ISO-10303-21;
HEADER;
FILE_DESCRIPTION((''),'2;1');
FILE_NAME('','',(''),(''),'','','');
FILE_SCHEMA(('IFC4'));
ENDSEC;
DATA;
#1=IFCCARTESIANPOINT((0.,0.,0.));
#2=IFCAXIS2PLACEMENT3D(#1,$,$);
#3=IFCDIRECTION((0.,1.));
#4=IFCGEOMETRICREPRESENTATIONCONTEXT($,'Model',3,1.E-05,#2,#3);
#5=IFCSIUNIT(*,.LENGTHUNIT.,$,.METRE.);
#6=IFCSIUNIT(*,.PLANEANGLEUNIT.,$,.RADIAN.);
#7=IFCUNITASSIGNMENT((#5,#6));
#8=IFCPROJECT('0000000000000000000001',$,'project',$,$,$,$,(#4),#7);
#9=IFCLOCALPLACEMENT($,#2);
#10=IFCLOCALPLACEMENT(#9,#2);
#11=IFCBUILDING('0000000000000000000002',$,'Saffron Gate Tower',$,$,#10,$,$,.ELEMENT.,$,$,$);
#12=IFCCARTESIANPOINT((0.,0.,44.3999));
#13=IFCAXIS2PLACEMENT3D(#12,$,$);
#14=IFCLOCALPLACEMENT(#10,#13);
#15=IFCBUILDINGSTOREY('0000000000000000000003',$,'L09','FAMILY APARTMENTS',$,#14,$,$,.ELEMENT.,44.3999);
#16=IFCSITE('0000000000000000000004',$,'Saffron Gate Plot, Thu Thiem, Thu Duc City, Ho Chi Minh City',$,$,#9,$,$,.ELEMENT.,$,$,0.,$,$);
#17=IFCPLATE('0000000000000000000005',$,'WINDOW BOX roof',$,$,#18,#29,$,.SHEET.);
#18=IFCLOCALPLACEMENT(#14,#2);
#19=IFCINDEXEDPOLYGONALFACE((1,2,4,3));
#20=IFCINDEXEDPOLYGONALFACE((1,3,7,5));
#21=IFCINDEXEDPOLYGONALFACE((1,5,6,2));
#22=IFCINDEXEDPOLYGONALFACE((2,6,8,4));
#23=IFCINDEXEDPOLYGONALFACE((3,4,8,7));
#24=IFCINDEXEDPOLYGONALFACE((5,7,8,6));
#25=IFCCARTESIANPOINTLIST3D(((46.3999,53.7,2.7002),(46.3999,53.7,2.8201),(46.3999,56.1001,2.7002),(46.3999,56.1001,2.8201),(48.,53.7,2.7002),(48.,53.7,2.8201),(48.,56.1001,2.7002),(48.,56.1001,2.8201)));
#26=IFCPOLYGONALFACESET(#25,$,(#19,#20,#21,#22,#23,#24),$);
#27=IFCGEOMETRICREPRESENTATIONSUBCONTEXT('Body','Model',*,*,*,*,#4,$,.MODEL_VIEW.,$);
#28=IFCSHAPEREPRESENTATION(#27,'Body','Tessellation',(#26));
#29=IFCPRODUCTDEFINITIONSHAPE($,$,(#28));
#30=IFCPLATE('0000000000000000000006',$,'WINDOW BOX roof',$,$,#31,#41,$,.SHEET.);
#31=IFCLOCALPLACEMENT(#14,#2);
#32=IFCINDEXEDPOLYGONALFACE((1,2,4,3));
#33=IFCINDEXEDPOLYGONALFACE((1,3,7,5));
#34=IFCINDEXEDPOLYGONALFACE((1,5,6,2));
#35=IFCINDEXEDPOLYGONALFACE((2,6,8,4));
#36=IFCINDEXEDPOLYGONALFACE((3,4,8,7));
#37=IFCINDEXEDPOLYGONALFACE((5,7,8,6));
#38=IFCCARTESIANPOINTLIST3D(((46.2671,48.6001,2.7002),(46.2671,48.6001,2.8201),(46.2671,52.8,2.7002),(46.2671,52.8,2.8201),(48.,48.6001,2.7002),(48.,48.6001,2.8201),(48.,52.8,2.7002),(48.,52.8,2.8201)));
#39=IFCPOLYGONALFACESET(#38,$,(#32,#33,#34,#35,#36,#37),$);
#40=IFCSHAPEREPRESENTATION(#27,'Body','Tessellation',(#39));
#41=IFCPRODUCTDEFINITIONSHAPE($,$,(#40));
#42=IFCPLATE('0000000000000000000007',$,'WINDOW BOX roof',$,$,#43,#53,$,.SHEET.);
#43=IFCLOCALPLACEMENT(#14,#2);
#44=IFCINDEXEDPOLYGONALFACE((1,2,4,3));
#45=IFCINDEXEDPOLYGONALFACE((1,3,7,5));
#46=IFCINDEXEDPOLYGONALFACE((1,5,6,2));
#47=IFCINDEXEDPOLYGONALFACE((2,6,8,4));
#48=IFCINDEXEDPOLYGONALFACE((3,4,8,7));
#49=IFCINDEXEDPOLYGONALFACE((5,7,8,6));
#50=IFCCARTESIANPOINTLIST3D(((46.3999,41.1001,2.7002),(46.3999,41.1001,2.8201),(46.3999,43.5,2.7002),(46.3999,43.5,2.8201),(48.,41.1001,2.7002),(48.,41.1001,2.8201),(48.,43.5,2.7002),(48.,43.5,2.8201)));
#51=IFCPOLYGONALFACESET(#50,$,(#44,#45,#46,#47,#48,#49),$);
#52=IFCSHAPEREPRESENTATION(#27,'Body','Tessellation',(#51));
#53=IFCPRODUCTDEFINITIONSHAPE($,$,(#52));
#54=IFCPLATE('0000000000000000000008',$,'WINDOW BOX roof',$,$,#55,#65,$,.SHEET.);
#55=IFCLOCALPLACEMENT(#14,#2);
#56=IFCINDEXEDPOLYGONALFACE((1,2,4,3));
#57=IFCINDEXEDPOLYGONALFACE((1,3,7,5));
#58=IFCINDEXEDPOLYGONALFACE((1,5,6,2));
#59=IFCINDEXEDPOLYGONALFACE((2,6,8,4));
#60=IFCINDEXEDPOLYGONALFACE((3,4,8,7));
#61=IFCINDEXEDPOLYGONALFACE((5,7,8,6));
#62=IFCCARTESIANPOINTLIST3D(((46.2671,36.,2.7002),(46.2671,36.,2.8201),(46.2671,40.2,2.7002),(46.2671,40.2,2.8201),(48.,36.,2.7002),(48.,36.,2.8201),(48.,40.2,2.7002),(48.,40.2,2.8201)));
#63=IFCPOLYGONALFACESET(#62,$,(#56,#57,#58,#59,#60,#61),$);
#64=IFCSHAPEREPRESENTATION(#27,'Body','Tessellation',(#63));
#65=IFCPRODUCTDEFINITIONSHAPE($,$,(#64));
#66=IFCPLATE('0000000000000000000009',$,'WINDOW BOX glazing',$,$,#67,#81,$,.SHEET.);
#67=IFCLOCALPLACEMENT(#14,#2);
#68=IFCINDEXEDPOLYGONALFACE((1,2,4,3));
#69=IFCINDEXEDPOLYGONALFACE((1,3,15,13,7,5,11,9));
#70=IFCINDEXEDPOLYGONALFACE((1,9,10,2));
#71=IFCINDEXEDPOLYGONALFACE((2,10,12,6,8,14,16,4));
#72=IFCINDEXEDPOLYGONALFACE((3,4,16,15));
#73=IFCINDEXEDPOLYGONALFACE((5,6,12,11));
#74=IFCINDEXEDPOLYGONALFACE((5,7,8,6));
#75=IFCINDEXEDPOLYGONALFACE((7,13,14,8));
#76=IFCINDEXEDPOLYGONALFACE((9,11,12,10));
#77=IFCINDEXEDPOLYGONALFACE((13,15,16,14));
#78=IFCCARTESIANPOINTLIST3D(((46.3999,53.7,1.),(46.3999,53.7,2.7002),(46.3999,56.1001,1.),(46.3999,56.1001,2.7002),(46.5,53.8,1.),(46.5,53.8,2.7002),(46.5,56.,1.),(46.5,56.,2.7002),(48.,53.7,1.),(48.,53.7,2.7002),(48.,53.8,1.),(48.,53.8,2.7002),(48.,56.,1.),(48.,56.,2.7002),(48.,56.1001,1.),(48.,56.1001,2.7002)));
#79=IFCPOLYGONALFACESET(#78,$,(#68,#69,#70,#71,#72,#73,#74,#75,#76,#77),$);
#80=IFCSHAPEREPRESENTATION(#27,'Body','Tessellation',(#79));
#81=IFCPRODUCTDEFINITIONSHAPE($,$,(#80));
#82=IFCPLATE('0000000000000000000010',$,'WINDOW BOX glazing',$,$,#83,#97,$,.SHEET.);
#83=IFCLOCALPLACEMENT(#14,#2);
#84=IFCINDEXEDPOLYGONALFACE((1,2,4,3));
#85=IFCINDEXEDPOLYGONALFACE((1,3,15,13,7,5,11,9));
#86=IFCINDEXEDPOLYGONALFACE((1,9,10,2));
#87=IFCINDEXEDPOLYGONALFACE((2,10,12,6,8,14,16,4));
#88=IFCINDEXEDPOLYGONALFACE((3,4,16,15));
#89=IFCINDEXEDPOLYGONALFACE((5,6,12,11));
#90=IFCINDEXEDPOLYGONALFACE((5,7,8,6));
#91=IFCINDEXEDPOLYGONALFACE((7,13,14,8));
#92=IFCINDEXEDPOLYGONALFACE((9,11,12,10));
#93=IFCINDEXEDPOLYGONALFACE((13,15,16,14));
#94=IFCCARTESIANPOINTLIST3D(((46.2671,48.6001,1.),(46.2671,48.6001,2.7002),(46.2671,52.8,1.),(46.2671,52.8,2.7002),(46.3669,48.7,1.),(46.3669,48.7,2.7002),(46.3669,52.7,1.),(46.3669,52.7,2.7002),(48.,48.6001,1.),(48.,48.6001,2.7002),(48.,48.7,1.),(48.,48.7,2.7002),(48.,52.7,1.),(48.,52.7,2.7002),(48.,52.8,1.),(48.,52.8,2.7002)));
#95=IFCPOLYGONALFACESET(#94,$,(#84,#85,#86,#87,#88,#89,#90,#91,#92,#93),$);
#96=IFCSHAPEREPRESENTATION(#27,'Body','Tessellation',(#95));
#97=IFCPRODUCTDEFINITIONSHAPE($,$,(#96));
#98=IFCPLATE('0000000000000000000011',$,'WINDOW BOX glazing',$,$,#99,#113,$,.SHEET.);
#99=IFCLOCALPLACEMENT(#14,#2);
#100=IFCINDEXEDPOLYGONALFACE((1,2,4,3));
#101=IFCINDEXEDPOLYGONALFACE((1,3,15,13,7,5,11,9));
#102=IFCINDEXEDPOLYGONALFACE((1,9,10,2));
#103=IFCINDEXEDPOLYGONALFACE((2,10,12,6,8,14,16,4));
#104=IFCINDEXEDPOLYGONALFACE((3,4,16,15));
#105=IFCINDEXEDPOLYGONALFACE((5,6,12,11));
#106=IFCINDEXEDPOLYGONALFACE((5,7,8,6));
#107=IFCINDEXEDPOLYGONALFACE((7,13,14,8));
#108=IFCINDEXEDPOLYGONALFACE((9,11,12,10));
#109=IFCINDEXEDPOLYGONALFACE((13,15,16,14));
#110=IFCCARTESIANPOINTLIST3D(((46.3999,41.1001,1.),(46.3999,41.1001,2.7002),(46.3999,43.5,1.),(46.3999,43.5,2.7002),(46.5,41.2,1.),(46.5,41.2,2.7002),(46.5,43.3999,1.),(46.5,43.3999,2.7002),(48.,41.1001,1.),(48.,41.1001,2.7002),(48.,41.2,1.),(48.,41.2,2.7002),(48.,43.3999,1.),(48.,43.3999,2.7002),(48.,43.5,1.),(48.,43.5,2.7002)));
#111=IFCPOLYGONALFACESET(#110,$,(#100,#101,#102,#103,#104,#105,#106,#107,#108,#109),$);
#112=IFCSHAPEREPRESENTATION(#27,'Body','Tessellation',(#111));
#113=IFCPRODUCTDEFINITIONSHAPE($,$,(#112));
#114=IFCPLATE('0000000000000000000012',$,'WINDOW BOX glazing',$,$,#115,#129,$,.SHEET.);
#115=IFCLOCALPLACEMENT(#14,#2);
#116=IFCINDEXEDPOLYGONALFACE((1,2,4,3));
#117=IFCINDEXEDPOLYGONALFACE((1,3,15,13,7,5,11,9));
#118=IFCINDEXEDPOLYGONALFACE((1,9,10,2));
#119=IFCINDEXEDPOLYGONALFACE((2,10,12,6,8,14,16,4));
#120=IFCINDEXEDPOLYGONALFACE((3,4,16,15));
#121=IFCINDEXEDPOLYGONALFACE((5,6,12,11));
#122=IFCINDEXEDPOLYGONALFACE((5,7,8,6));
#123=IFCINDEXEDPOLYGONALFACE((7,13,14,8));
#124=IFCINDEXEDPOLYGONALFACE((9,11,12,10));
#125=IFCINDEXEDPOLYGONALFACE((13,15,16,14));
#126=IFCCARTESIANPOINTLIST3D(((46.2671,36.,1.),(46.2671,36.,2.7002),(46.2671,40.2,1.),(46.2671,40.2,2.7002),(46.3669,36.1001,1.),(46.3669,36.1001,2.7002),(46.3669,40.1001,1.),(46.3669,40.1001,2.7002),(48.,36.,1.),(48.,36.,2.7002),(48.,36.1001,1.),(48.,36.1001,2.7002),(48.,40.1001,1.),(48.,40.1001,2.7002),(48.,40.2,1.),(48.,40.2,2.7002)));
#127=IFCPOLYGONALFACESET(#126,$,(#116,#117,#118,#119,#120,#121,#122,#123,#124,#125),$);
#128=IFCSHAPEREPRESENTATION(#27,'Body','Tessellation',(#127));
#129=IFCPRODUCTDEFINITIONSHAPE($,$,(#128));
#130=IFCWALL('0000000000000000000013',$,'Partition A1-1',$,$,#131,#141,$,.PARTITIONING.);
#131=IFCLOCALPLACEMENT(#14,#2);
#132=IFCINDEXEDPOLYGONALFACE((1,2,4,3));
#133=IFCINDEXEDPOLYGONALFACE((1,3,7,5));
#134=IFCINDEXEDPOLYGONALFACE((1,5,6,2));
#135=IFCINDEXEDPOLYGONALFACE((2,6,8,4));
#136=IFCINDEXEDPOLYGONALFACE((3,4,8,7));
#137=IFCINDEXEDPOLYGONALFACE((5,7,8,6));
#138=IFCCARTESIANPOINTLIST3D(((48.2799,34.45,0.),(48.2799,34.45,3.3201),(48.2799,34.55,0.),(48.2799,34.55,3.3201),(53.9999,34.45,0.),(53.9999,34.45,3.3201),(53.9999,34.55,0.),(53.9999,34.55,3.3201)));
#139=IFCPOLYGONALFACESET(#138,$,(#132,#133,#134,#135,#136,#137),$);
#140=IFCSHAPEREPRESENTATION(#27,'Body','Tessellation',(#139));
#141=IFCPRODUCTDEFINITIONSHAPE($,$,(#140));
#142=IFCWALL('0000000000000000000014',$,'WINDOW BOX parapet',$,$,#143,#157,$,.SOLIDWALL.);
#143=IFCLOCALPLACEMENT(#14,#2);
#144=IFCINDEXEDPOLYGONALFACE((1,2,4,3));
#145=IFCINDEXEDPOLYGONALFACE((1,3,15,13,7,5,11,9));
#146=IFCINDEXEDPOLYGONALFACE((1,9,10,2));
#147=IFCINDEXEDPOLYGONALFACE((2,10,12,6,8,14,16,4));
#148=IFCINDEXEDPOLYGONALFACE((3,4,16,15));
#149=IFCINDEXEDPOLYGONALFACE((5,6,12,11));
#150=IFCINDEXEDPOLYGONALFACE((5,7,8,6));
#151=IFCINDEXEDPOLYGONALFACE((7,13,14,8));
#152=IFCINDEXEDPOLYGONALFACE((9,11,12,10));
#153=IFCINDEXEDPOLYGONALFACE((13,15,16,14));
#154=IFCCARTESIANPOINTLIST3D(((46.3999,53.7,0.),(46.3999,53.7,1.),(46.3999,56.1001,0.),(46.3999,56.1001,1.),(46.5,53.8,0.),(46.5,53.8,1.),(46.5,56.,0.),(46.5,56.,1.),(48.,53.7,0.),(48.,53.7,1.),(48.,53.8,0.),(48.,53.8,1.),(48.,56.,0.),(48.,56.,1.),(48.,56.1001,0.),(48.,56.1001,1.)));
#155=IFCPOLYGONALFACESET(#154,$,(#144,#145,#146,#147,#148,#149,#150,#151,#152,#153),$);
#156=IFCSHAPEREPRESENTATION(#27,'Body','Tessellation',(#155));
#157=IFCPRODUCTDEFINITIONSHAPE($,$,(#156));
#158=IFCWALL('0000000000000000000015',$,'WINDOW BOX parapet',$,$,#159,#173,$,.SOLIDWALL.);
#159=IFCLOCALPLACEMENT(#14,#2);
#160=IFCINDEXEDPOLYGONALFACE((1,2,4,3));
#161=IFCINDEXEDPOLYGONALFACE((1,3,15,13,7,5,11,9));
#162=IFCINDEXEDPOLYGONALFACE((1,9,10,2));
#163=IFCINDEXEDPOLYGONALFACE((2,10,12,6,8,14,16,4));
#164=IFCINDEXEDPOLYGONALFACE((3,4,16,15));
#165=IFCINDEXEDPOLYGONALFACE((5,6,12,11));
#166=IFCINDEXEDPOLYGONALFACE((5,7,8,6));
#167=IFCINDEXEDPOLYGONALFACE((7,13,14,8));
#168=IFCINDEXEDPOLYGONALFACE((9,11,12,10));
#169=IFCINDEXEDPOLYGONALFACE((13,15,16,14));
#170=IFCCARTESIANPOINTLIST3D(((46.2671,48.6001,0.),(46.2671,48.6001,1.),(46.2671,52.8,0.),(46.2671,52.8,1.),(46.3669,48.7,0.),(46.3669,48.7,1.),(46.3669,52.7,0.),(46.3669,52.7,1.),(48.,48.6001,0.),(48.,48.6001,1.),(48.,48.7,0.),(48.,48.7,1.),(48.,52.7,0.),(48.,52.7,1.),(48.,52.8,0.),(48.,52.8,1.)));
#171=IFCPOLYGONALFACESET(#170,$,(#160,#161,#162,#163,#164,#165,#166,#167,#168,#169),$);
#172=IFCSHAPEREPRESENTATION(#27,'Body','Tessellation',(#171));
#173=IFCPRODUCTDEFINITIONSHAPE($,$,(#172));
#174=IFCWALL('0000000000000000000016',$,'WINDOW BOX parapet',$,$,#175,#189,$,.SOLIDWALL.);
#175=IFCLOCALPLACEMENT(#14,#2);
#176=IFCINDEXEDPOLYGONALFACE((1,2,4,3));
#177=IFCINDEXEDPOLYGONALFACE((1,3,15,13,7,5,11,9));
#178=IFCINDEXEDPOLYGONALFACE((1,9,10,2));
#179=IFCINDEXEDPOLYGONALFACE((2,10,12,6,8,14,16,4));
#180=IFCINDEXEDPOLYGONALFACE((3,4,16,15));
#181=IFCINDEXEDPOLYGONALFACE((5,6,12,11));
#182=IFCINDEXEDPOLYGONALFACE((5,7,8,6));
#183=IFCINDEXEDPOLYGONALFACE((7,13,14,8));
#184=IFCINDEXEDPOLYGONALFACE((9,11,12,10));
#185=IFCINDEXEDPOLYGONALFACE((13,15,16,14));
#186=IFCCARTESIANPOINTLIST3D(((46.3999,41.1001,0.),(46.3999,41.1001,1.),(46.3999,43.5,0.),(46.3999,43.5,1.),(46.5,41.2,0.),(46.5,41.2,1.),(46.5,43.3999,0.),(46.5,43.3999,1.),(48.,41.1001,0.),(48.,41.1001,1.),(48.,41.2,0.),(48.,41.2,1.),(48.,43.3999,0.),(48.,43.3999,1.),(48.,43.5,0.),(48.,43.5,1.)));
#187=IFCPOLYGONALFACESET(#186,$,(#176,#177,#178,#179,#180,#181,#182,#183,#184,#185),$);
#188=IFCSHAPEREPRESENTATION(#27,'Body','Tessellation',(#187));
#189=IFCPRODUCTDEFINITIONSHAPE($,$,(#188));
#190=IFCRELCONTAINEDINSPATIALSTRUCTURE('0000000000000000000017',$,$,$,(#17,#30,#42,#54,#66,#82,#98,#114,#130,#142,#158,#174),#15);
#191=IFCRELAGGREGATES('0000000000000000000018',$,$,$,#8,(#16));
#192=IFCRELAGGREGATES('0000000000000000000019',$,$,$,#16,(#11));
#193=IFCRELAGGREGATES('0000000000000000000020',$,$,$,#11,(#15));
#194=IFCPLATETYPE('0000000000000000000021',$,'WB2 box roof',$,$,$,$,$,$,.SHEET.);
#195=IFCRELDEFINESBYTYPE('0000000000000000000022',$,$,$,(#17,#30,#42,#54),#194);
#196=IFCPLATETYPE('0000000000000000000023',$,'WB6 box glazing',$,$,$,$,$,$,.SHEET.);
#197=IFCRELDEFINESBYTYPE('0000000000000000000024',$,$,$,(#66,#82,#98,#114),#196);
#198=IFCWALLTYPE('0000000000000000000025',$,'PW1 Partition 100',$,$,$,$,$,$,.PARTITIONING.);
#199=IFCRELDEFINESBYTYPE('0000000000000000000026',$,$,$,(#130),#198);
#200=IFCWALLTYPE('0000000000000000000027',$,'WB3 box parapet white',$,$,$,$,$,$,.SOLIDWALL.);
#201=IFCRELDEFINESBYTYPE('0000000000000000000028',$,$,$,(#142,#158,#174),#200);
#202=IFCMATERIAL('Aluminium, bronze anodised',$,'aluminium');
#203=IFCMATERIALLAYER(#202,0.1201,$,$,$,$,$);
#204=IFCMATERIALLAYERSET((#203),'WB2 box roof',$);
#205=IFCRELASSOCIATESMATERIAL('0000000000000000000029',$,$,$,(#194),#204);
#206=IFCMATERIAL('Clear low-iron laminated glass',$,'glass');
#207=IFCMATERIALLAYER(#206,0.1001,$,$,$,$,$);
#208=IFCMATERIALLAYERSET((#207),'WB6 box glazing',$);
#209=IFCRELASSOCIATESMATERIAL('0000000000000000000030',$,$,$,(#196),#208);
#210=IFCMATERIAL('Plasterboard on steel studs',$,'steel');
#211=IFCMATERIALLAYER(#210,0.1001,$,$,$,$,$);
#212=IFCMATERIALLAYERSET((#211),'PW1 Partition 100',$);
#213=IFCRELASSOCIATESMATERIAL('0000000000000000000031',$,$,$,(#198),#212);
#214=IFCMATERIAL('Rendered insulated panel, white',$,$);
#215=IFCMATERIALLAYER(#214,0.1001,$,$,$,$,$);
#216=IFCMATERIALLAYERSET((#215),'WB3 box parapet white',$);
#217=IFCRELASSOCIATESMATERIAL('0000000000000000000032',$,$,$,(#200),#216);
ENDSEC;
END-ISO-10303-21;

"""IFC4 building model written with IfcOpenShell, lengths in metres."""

from ifc_helpers import new_model, si_unit, direction, frame, frame_2d, origin, place, context, subcontext, project, spatial, polyline, rectangle, outline, extrude, material, layer, layer_set, type_object, element, save


model = new_model("IFC4")

# Units and contexts
model_context = context("Model", 3, precision=1e-05, world=origin(), true_north=direction((0.0, 1.0)))
body_context = subcontext(model_context, "Body", "Model", "MODEL_VIEW")
ifc_project = project(units=[si_unit("LENGTHUNIT", "METRE"), si_unit("PLANEANGLEUNIT", "RADIAN")], contexts=[model_context])

# Site, building, storey
site_placement = place(None, origin())
site = spatial("IfcSite", under=ifc_project, at=site_placement, Name="Saffron Gate Plot, Thu Thiem, Thu Duc City, Ho Chi Minh City", CompositionType="ELEMENT", RefElevation=0.0)
building_placement = place(site_placement, origin())
building = spatial("IfcBuilding", under=site, at=building_placement, Name="Saffron Gate Tower", CompositionType="ELEMENT")
storey_placement = place(building_placement, frame((0.0, 0.0, 44.3999)))
storey = spatial("IfcBuildingStorey", under=building, at=storey_placement, Name="L09", Description="FAMILY APARTMENTS", CompositionType="ELEMENT", Elevation=44.3999)

# Shared definitions
ifc_material_1 = material(Name="Aluminium, bronze anodised", Category="aluminium")

# Plates
ifc_layer_1 = layer(ifc_material_1, 0.1201)
ifc_layer_set_1 = layer_set([ifc_layer_1], Name="WB2 box roof")
plate_type_1 = type_object("IfcPlateType", Name="WB2 box roof", PredefinedType="SHEET", material=ifc_layer_set_1)
plate_1_placement = place(storey_placement, frame((0.0, 0.0, 2.7002)))
element("IfcPlate", 1, at=plate_1_placement, inside=storey, type_object=plate_type_1, Name="WINDOW BOX roof", PredefinedType="SHEET", context=body_context, shape_type="SweptSolid", body=[
    extrude(outline(polyline([(48.0, 56.1001), (48.0, 53.7), (46.3999, 53.7), (46.3999, 56.1001), (48.0, 56.1001)])), origin(), (0.0, 0.0, 1.0), 0.1199),
])
plate_2_placement = place(storey_placement, frame((0.0, 0.0, 2.7002)))
element("IfcPlate", 2, at=plate_2_placement, inside=storey, type_object=plate_type_1, Name="WINDOW BOX roof", PredefinedType="SHEET", context=body_context, shape_type="SweptSolid", body=[
    extrude(outline(polyline([(48.0, 52.8), (48.0, 48.6001), (46.2671, 48.6001), (46.2671, 52.8), (48.0, 52.8)])), origin(), (0.0, 0.0, 1.0), 0.1199),
])
plate_3_placement = place(storey_placement, frame((0.0, 0.0, 2.7002)))
element("IfcPlate", 3, at=plate_3_placement, inside=storey, type_object=plate_type_1, Name="WINDOW BOX roof", PredefinedType="SHEET", context=body_context, shape_type="SweptSolid", body=[
    extrude(outline(polyline([(48.0, 43.5), (48.0, 41.1001), (46.3999, 41.1001), (46.3999, 43.5), (48.0, 43.5)])), origin(), (0.0, 0.0, 1.0), 0.1199),
])
plate_4_placement = place(storey_placement, frame((0.0, 0.0, 2.7002)))
element("IfcPlate", 4, at=plate_4_placement, inside=storey, type_object=plate_type_1, Name="WINDOW BOX roof", PredefinedType="SHEET", context=body_context, shape_type="SweptSolid", body=[
    extrude(outline(polyline([(48.0, 40.2), (48.0, 36.0), (46.2671, 36.0), (46.2671, 40.2), (48.0, 40.2)])), origin(), (0.0, 0.0, 1.0), 0.1199),
])
ifc_material_2 = material(Name="Clear low-iron laminated glass", Category="glass")
ifc_layer_2 = layer(ifc_material_2, 0.1001)
ifc_layer_set_2 = layer_set([ifc_layer_2], Name="WB6 box glazing")
plate_type_2 = type_object("IfcPlateType", Name="WB6 box glazing", PredefinedType="SHEET", material=ifc_layer_set_2)
plate_5_placement = place(storey_placement, frame((0.0, 0.0, 1.0)))
element("IfcPlate", 5, at=plate_5_placement, inside=storey, type_object=plate_type_2, Name="WINDOW BOX glazing", PredefinedType="SHEET", context=body_context, shape_type="SweptSolid", body=[
    extrude(outline(polyline([(48.0, 56.1001), (48.0, 56.0), (46.5, 56.0), (46.5, 53.8), (48.0, 53.8), (48.0, 53.7), (46.3999, 53.7), (46.3999, 56.1001), (48.0, 56.1001)])), origin(), (0.0, 0.0, 1.0), 1.7002),
])
plate_6_placement = place(storey_placement, frame((0.0, 0.0, 1.0)))
element("IfcPlate", 6, at=plate_6_placement, inside=storey, type_object=plate_type_2, Name="WINDOW BOX glazing", PredefinedType="SHEET", context=body_context, shape_type="SweptSolid", body=[
    extrude(outline(polyline([(48.0, 52.8), (48.0, 52.7), (46.3669, 52.7), (46.3669, 48.7), (48.0, 48.7), (48.0, 48.6001), (46.2671, 48.6001), (46.2671, 52.8), (48.0, 52.8)])), origin(), (0.0, 0.0, 1.0), 1.7002),
])
plate_7_placement = place(storey_placement, frame((0.0, 0.0, 1.0)))
element("IfcPlate", 7, at=plate_7_placement, inside=storey, type_object=plate_type_2, Name="WINDOW BOX glazing", PredefinedType="SHEET", context=body_context, shape_type="SweptSolid", body=[
    extrude(outline(polyline([(48.0, 43.5), (48.0, 43.3999), (46.5, 43.3999), (46.5, 41.2), (48.0, 41.2), (48.0, 41.1001), (46.3999, 41.1001), (46.3999, 43.5), (48.0, 43.5)])), origin(), (0.0, 0.0, 1.0), 1.7002),
])
plate_8_placement = place(storey_placement, frame((0.0, 0.0, 1.0)))
element("IfcPlate", 8, at=plate_8_placement, inside=storey, type_object=plate_type_2, Name="WINDOW BOX glazing", PredefinedType="SHEET", context=body_context, shape_type="SweptSolid", body=[
    extrude(outline(polyline([(48.0, 40.2), (48.0, 40.1001), (46.3669, 40.1001), (46.3669, 36.1001), (48.0, 36.1001), (48.0, 36.0), (46.2671, 36.0), (46.2671, 40.2), (48.0, 40.2)])), origin(), (0.0, 0.0, 1.0), 1.7002),
])

# Walls
ifc_material_3 = material(Name="Plasterboard on steel studs", Category="steel")
ifc_layer_3 = layer(ifc_material_3, 0.1001)
ifc_layer_set_3 = layer_set([ifc_layer_3], Name="PW1 Partition 100")
wall_type_1 = type_object("IfcWallType", Name="PW1 Partition 100", PredefinedType="PARTITIONING", material=ifc_layer_set_3)
wall_1_placement = place(storey_placement, frame((48.28, 34.5, 0.0), z_axis=(0.0, 0.0, 1.0), x_axis=(1.0, 0.0, 0.0)))
element("IfcWall", 9, at=wall_1_placement, inside=storey, type_object=wall_type_1, Name="Partition A1-1", PredefinedType="PARTITIONING", context=body_context, shape_type="SweptSolid", body=[
    extrude(rectangle(XDim=5.72, YDim=0.1001, at=frame_2d((2.8599, 0.0))), origin(), (0.0, 0.0, 1.0), 3.3201),
])
ifc_material_4 = material(Name="Rendered insulated panel, white")
ifc_layer_4 = layer(ifc_material_4, 0.1001)
ifc_layer_set_4 = layer_set([ifc_layer_4], Name="WB3 box parapet white")
wall_type_2 = type_object("IfcWallType", Name="WB3 box parapet white", PredefinedType="SOLIDWALL", material=ifc_layer_set_4)
wall_2_placement = place(storey_placement, origin())
element("IfcWall", 10, at=wall_2_placement, inside=storey, type_object=wall_type_2, Name="WINDOW BOX parapet", PredefinedType="SOLIDWALL", context=body_context, shape_type="SweptSolid", body=[
    extrude(outline(polyline([(48.0, 56.1001), (48.0, 56.0), (46.5, 56.0), (46.5, 53.8), (48.0, 53.8), (48.0, 53.7), (46.3999, 53.7), (46.3999, 56.1001), (48.0, 56.1001)])), origin(), (0.0, 0.0, 1.0), 1.0),
])
wall_3_placement = place(storey_placement, origin())
element("IfcWall", 11, at=wall_3_placement, inside=storey, type_object=wall_type_2, Name="WINDOW BOX parapet", PredefinedType="SOLIDWALL", context=body_context, shape_type="SweptSolid", body=[
    extrude(outline(polyline([(48.0, 52.8), (48.0, 52.7), (46.3669, 52.7), (46.3669, 48.7), (48.0, 48.7), (48.0, 48.6001), (46.2671, 48.6001), (46.2671, 52.8), (48.0, 52.8)])), origin(), (0.0, 0.0, 1.0), 1.0),
])
wall_4_placement = place(storey_placement, origin())
element("IfcWall", 12, at=wall_4_placement, inside=storey, type_object=wall_type_2, Name="WINDOW BOX parapet", PredefinedType="SOLIDWALL", context=body_context, shape_type="SweptSolid", body=[
    extrude(outline(polyline([(48.0, 43.5), (48.0, 43.3999), (46.5, 43.3999), (46.5, 41.2), (48.0, 41.2), (48.0, 41.1001), (46.3999, 41.1001), (46.3999, 43.5), (48.0, 43.5)])), origin(), (0.0, 0.0, 1.0), 1.0),
])

save(model, "model.ifc")
